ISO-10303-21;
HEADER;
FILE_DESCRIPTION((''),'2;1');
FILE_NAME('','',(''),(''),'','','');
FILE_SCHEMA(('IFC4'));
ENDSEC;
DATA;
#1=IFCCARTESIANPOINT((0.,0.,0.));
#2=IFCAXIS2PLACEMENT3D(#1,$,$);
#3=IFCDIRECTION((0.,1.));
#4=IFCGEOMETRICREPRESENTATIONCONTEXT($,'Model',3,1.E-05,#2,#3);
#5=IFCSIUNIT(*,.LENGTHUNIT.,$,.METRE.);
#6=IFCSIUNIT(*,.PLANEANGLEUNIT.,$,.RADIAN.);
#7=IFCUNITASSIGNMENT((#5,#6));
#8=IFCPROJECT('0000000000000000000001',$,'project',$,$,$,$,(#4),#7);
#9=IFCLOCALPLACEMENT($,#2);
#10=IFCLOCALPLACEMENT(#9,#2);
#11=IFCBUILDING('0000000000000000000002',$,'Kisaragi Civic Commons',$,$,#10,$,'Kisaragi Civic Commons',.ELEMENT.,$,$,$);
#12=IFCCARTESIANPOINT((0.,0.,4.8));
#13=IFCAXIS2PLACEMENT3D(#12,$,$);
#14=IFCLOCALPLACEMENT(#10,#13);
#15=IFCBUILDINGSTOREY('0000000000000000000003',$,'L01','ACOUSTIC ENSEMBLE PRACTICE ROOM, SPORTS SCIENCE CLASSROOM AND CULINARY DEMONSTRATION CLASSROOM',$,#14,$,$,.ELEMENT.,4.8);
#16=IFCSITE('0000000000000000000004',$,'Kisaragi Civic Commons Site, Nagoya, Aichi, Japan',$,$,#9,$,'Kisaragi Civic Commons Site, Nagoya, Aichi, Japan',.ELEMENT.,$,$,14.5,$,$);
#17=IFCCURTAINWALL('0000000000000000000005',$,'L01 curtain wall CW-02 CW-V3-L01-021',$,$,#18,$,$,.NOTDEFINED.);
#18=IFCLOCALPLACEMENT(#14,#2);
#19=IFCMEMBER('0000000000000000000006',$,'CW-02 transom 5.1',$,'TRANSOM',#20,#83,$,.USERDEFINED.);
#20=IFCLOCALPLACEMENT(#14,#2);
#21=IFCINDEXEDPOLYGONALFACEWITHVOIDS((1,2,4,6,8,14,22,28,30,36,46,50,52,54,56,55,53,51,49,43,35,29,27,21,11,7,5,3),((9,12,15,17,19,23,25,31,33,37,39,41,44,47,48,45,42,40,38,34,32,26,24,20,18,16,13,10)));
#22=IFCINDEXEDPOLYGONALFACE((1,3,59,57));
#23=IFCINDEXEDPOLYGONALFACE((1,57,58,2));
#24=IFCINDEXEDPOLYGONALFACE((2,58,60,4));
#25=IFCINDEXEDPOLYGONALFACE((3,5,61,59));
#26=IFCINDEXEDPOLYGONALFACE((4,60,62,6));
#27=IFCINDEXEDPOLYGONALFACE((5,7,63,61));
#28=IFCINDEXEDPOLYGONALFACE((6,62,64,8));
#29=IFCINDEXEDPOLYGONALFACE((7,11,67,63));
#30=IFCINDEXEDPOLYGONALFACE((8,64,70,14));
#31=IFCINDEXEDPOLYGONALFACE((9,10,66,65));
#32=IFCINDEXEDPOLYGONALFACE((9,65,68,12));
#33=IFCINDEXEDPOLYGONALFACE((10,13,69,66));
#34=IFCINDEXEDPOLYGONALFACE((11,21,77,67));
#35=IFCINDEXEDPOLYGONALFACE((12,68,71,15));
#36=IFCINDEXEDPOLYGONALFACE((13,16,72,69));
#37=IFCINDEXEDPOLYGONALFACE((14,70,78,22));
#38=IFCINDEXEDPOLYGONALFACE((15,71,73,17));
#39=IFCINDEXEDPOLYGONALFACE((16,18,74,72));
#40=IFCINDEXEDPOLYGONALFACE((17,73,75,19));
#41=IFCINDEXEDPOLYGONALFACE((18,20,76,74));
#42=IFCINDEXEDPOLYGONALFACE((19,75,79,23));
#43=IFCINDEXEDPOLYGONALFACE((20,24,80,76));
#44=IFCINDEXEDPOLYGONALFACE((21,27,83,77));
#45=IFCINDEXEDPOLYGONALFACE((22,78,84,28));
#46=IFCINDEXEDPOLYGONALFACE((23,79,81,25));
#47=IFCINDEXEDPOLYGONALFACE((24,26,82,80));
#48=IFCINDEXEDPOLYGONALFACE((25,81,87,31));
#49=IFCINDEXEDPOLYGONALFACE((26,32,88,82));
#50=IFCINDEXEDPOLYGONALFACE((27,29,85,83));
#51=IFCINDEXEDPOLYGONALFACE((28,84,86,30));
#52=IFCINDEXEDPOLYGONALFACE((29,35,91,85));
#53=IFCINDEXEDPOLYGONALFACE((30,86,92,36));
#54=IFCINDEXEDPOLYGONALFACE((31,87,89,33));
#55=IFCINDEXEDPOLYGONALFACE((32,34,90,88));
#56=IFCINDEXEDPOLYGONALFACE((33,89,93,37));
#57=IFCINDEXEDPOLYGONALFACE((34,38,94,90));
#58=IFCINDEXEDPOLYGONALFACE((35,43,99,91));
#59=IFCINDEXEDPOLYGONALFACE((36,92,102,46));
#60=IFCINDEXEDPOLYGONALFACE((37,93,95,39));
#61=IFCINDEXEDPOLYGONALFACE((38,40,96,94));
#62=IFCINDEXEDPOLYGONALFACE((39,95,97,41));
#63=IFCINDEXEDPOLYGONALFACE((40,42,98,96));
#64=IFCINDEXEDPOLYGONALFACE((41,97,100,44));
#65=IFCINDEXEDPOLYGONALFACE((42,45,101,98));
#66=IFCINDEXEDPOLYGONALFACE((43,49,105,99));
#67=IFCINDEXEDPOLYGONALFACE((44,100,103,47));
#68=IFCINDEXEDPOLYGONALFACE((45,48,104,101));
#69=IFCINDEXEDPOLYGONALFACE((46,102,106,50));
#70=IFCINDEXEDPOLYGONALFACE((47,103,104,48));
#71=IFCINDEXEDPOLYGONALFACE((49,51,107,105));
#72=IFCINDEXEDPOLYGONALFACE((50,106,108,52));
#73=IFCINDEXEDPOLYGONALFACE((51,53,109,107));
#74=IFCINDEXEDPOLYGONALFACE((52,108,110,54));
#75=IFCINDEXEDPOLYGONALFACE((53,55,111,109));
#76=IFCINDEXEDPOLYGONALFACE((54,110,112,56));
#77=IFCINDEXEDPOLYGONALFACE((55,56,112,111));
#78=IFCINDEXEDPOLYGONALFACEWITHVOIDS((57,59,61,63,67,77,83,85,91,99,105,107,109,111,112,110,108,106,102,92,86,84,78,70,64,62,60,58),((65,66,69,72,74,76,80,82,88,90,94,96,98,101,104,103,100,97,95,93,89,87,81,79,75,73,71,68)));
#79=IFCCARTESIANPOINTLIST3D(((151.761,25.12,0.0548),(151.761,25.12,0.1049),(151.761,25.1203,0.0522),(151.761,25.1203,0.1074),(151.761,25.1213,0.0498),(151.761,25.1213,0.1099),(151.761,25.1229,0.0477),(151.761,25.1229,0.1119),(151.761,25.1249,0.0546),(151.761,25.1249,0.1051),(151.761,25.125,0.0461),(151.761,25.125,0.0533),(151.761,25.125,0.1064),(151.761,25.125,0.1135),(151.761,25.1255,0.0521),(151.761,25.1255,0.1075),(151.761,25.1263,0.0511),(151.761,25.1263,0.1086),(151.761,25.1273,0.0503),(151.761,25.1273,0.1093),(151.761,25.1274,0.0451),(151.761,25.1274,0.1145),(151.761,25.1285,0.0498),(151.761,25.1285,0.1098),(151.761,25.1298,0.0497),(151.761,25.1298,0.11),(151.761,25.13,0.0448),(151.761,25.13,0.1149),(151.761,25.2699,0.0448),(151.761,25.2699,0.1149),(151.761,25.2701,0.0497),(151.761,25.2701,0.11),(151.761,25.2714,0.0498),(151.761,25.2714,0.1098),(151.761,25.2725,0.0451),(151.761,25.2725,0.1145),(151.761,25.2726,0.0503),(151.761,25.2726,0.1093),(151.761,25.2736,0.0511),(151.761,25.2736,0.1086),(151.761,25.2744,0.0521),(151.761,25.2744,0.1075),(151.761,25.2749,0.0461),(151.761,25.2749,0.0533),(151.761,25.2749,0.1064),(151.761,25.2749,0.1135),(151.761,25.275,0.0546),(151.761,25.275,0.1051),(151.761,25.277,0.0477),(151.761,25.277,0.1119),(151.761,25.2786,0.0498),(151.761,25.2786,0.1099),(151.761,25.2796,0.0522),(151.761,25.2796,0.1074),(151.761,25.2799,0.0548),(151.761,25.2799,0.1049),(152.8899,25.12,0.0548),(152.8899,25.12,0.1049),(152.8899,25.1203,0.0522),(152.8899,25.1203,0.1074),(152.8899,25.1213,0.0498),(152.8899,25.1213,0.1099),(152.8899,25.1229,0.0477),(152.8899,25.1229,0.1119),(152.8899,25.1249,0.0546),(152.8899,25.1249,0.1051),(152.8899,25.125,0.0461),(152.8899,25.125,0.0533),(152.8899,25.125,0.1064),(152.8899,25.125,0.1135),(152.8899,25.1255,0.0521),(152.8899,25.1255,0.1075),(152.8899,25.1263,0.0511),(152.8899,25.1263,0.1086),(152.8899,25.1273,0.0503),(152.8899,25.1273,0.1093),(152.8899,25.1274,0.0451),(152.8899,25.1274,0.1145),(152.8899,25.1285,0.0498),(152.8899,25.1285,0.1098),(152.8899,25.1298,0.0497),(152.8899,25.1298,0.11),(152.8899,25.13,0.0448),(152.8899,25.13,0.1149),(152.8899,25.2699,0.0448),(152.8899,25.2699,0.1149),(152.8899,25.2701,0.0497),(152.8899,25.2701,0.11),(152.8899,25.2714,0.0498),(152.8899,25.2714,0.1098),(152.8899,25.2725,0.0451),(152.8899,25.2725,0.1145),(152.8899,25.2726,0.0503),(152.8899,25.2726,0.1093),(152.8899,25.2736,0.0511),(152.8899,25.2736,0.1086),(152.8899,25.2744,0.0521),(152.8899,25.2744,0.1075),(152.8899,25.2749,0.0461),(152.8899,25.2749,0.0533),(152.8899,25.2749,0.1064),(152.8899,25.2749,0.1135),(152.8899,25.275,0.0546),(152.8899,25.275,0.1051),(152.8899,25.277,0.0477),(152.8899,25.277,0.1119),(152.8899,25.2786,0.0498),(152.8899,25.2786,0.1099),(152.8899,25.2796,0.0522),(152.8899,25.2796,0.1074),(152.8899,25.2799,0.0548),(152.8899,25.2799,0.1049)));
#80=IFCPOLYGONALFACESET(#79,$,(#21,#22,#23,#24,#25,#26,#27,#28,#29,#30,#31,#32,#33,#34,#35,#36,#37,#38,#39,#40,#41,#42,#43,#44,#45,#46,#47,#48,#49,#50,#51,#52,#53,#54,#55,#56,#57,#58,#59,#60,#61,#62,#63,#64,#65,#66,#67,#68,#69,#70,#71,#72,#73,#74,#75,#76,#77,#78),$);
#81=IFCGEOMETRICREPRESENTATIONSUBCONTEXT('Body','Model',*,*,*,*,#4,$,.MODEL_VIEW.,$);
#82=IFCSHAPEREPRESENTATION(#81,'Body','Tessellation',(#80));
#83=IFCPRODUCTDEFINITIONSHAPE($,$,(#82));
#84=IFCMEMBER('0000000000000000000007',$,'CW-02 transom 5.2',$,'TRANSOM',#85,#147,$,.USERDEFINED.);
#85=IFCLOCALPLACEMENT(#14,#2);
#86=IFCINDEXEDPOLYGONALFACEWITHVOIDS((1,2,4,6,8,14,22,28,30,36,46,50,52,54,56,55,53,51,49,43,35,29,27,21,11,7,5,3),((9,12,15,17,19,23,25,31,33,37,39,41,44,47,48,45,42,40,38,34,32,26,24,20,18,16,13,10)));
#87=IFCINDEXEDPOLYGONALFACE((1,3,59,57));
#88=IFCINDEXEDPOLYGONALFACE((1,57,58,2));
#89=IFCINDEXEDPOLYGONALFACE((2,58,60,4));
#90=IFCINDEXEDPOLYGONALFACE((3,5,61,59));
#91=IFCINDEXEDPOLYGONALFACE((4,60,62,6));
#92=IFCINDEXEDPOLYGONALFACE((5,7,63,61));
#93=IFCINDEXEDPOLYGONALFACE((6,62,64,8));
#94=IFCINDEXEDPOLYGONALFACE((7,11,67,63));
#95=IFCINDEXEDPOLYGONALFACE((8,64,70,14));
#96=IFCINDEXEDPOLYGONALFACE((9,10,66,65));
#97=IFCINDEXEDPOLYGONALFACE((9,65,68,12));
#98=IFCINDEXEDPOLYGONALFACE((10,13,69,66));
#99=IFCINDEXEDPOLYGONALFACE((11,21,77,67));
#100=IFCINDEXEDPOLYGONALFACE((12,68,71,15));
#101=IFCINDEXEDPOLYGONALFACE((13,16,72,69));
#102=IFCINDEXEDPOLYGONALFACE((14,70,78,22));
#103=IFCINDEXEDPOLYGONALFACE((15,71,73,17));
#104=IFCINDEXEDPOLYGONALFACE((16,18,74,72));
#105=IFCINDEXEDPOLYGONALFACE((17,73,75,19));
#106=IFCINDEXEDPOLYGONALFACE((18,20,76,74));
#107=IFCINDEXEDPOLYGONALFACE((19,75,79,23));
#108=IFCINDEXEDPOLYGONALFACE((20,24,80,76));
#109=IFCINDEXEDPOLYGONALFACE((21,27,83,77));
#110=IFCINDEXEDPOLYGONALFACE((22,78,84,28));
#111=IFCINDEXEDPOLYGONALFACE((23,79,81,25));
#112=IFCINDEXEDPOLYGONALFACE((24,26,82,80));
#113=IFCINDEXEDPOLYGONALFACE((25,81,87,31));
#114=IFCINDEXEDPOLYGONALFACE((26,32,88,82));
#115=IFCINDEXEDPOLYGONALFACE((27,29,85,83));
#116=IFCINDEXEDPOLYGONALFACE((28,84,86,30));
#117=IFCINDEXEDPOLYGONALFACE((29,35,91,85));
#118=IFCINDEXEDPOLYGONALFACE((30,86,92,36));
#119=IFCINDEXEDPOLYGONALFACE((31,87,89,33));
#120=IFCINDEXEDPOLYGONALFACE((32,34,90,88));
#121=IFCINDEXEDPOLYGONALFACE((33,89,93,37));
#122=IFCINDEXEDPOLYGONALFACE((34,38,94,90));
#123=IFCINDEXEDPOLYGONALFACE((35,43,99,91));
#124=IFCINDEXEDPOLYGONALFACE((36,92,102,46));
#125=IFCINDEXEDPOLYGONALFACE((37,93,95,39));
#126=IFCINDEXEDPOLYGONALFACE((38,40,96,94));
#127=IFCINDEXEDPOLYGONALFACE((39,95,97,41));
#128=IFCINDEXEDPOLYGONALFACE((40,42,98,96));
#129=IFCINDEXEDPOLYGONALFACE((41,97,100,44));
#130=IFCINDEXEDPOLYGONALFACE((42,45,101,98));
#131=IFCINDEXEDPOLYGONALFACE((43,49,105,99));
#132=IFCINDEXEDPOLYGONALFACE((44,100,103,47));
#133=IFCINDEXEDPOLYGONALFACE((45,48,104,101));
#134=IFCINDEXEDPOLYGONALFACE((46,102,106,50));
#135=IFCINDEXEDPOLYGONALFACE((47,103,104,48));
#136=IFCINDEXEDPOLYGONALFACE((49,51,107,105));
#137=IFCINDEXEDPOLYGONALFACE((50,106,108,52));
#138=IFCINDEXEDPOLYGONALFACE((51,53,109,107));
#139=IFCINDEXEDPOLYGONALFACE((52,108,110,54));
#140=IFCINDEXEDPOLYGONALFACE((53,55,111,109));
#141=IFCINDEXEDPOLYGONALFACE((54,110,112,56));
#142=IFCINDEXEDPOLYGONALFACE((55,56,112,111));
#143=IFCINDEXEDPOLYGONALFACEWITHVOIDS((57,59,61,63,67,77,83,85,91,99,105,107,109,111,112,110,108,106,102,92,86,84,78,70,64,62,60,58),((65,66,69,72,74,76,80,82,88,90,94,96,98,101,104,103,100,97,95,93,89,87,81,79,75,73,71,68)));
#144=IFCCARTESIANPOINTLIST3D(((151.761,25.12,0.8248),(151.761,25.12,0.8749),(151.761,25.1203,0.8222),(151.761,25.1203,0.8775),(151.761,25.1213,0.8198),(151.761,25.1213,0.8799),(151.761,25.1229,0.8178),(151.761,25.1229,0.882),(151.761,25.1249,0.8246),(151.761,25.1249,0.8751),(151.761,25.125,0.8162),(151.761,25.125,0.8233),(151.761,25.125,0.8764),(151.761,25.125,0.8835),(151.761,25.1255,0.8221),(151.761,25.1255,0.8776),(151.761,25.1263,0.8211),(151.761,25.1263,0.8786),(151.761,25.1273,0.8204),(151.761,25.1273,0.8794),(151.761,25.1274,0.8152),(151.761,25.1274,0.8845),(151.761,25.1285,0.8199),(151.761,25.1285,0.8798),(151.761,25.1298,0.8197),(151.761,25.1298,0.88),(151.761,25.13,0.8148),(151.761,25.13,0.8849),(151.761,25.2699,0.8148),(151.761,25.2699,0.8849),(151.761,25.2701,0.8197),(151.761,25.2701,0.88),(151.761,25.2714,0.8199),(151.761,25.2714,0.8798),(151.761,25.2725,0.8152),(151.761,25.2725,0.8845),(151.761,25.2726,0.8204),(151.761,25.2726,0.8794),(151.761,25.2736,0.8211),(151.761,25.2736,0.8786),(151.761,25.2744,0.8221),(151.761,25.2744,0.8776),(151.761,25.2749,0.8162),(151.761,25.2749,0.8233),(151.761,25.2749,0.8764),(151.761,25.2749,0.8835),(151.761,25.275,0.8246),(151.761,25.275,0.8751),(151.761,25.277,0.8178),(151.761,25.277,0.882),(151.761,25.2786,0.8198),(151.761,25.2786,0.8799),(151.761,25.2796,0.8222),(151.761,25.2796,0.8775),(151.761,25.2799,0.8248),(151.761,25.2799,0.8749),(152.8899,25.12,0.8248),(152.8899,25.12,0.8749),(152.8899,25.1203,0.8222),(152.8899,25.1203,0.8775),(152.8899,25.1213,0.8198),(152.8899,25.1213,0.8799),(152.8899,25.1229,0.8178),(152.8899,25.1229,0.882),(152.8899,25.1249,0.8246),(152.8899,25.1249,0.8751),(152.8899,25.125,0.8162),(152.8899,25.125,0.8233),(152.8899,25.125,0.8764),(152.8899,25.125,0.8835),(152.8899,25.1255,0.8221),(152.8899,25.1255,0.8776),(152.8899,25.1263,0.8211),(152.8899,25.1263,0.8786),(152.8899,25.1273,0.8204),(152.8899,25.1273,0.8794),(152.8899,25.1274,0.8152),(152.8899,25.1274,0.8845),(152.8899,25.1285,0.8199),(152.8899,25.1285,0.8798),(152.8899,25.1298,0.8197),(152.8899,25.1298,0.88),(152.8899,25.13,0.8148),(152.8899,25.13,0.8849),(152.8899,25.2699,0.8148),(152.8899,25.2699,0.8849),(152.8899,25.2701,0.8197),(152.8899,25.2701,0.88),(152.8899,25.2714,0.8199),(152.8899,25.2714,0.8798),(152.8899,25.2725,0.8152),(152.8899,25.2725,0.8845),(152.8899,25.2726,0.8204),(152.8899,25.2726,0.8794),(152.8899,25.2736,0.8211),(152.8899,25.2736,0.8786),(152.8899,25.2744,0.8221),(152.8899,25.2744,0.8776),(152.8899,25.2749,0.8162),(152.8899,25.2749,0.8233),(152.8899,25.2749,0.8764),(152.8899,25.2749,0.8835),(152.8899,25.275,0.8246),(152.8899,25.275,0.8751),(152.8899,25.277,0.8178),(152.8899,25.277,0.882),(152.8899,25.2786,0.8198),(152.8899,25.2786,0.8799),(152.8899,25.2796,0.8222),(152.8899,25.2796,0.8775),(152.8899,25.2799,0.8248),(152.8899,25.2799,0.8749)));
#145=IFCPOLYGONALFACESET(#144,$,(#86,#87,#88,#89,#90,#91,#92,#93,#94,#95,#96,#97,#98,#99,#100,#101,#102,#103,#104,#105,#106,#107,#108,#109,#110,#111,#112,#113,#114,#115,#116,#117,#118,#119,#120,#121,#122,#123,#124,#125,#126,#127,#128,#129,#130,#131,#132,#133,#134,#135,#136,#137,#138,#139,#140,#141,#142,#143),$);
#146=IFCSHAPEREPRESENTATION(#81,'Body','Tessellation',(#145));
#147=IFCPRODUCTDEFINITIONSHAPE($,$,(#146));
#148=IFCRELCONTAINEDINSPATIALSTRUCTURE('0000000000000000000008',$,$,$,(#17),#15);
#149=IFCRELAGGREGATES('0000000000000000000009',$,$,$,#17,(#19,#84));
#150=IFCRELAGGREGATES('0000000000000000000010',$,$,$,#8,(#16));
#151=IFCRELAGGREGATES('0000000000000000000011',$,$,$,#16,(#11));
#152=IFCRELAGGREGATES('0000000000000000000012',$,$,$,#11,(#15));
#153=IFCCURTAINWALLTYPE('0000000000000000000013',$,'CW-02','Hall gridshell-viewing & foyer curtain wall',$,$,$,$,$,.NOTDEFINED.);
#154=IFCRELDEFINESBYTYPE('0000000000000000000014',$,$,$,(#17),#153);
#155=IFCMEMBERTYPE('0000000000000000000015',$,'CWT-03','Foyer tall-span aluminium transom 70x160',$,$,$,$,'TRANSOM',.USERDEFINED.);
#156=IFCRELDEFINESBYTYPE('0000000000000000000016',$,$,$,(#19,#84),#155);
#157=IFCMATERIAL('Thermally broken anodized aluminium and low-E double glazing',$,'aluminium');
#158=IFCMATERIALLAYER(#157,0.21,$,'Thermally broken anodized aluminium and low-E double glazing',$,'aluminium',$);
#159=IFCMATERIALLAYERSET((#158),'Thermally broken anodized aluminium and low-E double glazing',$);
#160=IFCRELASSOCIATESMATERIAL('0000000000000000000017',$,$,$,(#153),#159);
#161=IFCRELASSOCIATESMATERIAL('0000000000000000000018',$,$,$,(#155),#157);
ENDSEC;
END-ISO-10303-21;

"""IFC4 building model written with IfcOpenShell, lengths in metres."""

from ifc_helpers import new_model, si_unit, direction, frame, origin, origin_2d, place, context, subcontext, project, spatial, hollow_rectangle, extrude, material, layer, layer_set, material_profile, profile_set, type_object, element, aggregate, save


model = new_model("IFC4")

# Units and contexts
model_context = context("Model", 3, precision=1e-05, world=origin(), true_north=direction((0.0, 1.0)))
body_context = subcontext(model_context, "Body", "Model", "MODEL_VIEW")
ifc_project = project(units=[si_unit("LENGTHUNIT", "METRE"), si_unit("PLANEANGLEUNIT", "RADIAN")], contexts=[model_context])

# Site, building, storey
site_placement = place(None, origin())
site = spatial("IfcSite", under=ifc_project, at=site_placement, Name="Kisaragi Civic Commons Site, Nagoya, Aichi, Japan", LongName="Kisaragi Civic Commons Site, Nagoya, Aichi, Japan", CompositionType="ELEMENT", RefElevation=14.5)
building_placement = place(site_placement, origin())
building = spatial("IfcBuilding", under=site, at=building_placement, Name="Kisaragi Civic Commons", LongName="Kisaragi Civic Commons", CompositionType="ELEMENT")
storey_placement = place(building_placement, frame((0.0, 0.0, 4.8)))
storey = spatial("IfcBuildingStorey", under=building, at=storey_placement, Name="L01", Description="ACOUSTIC ENSEMBLE PRACTICE ROOM, SPORTS SCIENCE CLASSROOM AND CULINARY DEMONSTRATION CLASSROOM", CompositionType="ELEMENT", Elevation=4.8)

# Curtain wall
ifc_material_1 = material(Name="Thermally broken anodized aluminium and low-E double glazing", Category="aluminium")
ifc_layer_1 = layer(ifc_material_1, 0.21, Name="Thermally broken anodized aluminium and low-E double glazing", Category="aluminium")
ifc_layer_set_1 = layer_set([ifc_layer_1], Name="Thermally broken anodized aluminium and low-E double glazing")
curtain_wall_type = type_object("IfcCurtainWallType", Name="CW-02", Description="Hall gridshell-viewing & foyer curtain wall", PredefinedType="NOTDEFINED", material=ifc_layer_set_1)
curtain_wall_1_placement = place(storey_placement, origin())
curtain_wall_1 = element("IfcCurtainWall", 1, at=curtain_wall_1_placement, inside=storey, type_object=curtain_wall_type, Name="L01 curtain wall CW-02 CW-V3-L01-021", PredefinedType="NOTDEFINED")

# Members
ifc_material_profile_1 = material_profile(ifc_material_1, hollow_rectangle(XDim=0.1599, YDim=0.0701, WallThickness=0.0049, InnerFilletRadius=0.0049, OuterFilletRadius=0.01, at=origin_2d()), Name="CWT-70x160x5", Category="aluminium")
ifc_profile_set_1 = profile_set([ifc_material_profile_1], Name="Thermally broken anodized aluminium and low-E double glazing")
member_type_1 = type_object("IfcMemberType", Name="CWT-03", Description="Foyer tall-span aluminium transom 70x160", ElementType="TRANSOM", PredefinedType="USERDEFINED", material=ifc_profile_set_1)
member_1_placement = place(storey_placement, frame((151.761, 25.2, 0.0798), z_axis=(1.0, 0.0, 0.0), x_axis=(0.0, 1.0, 0.0)))
member_1 = element("IfcMember", 2, at=member_1_placement, type_object=member_type_1, Name="CW-02 transom 5.1", ObjectType="TRANSOM", PredefinedType="USERDEFINED", context=body_context, shape_type="SweptSolid", body=[
    extrude(hollow_rectangle(XDim=0.1599, YDim=0.0701, WallThickness=0.0049, InnerFilletRadius=0.0049, OuterFilletRadius=0.01, at=origin_2d()), origin(), (0.0, 0.0, 1.0), 1.1289),
])
member_2_placement = place(storey_placement, frame((151.761, 25.2, 0.8499), z_axis=(1.0, 0.0, 0.0), x_axis=(0.0, 1.0, 0.0)))
member_2 = element("IfcMember", 3, at=member_2_placement, type_object=member_type_1, Name="CW-02 transom 5.2", ObjectType="TRANSOM", PredefinedType="USERDEFINED", context=body_context, shape_type="SweptSolid", body=[
    extrude(hollow_rectangle(XDim=0.1599, YDim=0.0701, WallThickness=0.0049, InnerFilletRadius=0.0049, OuterFilletRadius=0.01, at=origin_2d()), origin(), (0.0, 0.0, 1.0), 1.1289),
])

aggregate(curtain_wall_1, [member_1, member_2])

save(model, "model.ifc")
